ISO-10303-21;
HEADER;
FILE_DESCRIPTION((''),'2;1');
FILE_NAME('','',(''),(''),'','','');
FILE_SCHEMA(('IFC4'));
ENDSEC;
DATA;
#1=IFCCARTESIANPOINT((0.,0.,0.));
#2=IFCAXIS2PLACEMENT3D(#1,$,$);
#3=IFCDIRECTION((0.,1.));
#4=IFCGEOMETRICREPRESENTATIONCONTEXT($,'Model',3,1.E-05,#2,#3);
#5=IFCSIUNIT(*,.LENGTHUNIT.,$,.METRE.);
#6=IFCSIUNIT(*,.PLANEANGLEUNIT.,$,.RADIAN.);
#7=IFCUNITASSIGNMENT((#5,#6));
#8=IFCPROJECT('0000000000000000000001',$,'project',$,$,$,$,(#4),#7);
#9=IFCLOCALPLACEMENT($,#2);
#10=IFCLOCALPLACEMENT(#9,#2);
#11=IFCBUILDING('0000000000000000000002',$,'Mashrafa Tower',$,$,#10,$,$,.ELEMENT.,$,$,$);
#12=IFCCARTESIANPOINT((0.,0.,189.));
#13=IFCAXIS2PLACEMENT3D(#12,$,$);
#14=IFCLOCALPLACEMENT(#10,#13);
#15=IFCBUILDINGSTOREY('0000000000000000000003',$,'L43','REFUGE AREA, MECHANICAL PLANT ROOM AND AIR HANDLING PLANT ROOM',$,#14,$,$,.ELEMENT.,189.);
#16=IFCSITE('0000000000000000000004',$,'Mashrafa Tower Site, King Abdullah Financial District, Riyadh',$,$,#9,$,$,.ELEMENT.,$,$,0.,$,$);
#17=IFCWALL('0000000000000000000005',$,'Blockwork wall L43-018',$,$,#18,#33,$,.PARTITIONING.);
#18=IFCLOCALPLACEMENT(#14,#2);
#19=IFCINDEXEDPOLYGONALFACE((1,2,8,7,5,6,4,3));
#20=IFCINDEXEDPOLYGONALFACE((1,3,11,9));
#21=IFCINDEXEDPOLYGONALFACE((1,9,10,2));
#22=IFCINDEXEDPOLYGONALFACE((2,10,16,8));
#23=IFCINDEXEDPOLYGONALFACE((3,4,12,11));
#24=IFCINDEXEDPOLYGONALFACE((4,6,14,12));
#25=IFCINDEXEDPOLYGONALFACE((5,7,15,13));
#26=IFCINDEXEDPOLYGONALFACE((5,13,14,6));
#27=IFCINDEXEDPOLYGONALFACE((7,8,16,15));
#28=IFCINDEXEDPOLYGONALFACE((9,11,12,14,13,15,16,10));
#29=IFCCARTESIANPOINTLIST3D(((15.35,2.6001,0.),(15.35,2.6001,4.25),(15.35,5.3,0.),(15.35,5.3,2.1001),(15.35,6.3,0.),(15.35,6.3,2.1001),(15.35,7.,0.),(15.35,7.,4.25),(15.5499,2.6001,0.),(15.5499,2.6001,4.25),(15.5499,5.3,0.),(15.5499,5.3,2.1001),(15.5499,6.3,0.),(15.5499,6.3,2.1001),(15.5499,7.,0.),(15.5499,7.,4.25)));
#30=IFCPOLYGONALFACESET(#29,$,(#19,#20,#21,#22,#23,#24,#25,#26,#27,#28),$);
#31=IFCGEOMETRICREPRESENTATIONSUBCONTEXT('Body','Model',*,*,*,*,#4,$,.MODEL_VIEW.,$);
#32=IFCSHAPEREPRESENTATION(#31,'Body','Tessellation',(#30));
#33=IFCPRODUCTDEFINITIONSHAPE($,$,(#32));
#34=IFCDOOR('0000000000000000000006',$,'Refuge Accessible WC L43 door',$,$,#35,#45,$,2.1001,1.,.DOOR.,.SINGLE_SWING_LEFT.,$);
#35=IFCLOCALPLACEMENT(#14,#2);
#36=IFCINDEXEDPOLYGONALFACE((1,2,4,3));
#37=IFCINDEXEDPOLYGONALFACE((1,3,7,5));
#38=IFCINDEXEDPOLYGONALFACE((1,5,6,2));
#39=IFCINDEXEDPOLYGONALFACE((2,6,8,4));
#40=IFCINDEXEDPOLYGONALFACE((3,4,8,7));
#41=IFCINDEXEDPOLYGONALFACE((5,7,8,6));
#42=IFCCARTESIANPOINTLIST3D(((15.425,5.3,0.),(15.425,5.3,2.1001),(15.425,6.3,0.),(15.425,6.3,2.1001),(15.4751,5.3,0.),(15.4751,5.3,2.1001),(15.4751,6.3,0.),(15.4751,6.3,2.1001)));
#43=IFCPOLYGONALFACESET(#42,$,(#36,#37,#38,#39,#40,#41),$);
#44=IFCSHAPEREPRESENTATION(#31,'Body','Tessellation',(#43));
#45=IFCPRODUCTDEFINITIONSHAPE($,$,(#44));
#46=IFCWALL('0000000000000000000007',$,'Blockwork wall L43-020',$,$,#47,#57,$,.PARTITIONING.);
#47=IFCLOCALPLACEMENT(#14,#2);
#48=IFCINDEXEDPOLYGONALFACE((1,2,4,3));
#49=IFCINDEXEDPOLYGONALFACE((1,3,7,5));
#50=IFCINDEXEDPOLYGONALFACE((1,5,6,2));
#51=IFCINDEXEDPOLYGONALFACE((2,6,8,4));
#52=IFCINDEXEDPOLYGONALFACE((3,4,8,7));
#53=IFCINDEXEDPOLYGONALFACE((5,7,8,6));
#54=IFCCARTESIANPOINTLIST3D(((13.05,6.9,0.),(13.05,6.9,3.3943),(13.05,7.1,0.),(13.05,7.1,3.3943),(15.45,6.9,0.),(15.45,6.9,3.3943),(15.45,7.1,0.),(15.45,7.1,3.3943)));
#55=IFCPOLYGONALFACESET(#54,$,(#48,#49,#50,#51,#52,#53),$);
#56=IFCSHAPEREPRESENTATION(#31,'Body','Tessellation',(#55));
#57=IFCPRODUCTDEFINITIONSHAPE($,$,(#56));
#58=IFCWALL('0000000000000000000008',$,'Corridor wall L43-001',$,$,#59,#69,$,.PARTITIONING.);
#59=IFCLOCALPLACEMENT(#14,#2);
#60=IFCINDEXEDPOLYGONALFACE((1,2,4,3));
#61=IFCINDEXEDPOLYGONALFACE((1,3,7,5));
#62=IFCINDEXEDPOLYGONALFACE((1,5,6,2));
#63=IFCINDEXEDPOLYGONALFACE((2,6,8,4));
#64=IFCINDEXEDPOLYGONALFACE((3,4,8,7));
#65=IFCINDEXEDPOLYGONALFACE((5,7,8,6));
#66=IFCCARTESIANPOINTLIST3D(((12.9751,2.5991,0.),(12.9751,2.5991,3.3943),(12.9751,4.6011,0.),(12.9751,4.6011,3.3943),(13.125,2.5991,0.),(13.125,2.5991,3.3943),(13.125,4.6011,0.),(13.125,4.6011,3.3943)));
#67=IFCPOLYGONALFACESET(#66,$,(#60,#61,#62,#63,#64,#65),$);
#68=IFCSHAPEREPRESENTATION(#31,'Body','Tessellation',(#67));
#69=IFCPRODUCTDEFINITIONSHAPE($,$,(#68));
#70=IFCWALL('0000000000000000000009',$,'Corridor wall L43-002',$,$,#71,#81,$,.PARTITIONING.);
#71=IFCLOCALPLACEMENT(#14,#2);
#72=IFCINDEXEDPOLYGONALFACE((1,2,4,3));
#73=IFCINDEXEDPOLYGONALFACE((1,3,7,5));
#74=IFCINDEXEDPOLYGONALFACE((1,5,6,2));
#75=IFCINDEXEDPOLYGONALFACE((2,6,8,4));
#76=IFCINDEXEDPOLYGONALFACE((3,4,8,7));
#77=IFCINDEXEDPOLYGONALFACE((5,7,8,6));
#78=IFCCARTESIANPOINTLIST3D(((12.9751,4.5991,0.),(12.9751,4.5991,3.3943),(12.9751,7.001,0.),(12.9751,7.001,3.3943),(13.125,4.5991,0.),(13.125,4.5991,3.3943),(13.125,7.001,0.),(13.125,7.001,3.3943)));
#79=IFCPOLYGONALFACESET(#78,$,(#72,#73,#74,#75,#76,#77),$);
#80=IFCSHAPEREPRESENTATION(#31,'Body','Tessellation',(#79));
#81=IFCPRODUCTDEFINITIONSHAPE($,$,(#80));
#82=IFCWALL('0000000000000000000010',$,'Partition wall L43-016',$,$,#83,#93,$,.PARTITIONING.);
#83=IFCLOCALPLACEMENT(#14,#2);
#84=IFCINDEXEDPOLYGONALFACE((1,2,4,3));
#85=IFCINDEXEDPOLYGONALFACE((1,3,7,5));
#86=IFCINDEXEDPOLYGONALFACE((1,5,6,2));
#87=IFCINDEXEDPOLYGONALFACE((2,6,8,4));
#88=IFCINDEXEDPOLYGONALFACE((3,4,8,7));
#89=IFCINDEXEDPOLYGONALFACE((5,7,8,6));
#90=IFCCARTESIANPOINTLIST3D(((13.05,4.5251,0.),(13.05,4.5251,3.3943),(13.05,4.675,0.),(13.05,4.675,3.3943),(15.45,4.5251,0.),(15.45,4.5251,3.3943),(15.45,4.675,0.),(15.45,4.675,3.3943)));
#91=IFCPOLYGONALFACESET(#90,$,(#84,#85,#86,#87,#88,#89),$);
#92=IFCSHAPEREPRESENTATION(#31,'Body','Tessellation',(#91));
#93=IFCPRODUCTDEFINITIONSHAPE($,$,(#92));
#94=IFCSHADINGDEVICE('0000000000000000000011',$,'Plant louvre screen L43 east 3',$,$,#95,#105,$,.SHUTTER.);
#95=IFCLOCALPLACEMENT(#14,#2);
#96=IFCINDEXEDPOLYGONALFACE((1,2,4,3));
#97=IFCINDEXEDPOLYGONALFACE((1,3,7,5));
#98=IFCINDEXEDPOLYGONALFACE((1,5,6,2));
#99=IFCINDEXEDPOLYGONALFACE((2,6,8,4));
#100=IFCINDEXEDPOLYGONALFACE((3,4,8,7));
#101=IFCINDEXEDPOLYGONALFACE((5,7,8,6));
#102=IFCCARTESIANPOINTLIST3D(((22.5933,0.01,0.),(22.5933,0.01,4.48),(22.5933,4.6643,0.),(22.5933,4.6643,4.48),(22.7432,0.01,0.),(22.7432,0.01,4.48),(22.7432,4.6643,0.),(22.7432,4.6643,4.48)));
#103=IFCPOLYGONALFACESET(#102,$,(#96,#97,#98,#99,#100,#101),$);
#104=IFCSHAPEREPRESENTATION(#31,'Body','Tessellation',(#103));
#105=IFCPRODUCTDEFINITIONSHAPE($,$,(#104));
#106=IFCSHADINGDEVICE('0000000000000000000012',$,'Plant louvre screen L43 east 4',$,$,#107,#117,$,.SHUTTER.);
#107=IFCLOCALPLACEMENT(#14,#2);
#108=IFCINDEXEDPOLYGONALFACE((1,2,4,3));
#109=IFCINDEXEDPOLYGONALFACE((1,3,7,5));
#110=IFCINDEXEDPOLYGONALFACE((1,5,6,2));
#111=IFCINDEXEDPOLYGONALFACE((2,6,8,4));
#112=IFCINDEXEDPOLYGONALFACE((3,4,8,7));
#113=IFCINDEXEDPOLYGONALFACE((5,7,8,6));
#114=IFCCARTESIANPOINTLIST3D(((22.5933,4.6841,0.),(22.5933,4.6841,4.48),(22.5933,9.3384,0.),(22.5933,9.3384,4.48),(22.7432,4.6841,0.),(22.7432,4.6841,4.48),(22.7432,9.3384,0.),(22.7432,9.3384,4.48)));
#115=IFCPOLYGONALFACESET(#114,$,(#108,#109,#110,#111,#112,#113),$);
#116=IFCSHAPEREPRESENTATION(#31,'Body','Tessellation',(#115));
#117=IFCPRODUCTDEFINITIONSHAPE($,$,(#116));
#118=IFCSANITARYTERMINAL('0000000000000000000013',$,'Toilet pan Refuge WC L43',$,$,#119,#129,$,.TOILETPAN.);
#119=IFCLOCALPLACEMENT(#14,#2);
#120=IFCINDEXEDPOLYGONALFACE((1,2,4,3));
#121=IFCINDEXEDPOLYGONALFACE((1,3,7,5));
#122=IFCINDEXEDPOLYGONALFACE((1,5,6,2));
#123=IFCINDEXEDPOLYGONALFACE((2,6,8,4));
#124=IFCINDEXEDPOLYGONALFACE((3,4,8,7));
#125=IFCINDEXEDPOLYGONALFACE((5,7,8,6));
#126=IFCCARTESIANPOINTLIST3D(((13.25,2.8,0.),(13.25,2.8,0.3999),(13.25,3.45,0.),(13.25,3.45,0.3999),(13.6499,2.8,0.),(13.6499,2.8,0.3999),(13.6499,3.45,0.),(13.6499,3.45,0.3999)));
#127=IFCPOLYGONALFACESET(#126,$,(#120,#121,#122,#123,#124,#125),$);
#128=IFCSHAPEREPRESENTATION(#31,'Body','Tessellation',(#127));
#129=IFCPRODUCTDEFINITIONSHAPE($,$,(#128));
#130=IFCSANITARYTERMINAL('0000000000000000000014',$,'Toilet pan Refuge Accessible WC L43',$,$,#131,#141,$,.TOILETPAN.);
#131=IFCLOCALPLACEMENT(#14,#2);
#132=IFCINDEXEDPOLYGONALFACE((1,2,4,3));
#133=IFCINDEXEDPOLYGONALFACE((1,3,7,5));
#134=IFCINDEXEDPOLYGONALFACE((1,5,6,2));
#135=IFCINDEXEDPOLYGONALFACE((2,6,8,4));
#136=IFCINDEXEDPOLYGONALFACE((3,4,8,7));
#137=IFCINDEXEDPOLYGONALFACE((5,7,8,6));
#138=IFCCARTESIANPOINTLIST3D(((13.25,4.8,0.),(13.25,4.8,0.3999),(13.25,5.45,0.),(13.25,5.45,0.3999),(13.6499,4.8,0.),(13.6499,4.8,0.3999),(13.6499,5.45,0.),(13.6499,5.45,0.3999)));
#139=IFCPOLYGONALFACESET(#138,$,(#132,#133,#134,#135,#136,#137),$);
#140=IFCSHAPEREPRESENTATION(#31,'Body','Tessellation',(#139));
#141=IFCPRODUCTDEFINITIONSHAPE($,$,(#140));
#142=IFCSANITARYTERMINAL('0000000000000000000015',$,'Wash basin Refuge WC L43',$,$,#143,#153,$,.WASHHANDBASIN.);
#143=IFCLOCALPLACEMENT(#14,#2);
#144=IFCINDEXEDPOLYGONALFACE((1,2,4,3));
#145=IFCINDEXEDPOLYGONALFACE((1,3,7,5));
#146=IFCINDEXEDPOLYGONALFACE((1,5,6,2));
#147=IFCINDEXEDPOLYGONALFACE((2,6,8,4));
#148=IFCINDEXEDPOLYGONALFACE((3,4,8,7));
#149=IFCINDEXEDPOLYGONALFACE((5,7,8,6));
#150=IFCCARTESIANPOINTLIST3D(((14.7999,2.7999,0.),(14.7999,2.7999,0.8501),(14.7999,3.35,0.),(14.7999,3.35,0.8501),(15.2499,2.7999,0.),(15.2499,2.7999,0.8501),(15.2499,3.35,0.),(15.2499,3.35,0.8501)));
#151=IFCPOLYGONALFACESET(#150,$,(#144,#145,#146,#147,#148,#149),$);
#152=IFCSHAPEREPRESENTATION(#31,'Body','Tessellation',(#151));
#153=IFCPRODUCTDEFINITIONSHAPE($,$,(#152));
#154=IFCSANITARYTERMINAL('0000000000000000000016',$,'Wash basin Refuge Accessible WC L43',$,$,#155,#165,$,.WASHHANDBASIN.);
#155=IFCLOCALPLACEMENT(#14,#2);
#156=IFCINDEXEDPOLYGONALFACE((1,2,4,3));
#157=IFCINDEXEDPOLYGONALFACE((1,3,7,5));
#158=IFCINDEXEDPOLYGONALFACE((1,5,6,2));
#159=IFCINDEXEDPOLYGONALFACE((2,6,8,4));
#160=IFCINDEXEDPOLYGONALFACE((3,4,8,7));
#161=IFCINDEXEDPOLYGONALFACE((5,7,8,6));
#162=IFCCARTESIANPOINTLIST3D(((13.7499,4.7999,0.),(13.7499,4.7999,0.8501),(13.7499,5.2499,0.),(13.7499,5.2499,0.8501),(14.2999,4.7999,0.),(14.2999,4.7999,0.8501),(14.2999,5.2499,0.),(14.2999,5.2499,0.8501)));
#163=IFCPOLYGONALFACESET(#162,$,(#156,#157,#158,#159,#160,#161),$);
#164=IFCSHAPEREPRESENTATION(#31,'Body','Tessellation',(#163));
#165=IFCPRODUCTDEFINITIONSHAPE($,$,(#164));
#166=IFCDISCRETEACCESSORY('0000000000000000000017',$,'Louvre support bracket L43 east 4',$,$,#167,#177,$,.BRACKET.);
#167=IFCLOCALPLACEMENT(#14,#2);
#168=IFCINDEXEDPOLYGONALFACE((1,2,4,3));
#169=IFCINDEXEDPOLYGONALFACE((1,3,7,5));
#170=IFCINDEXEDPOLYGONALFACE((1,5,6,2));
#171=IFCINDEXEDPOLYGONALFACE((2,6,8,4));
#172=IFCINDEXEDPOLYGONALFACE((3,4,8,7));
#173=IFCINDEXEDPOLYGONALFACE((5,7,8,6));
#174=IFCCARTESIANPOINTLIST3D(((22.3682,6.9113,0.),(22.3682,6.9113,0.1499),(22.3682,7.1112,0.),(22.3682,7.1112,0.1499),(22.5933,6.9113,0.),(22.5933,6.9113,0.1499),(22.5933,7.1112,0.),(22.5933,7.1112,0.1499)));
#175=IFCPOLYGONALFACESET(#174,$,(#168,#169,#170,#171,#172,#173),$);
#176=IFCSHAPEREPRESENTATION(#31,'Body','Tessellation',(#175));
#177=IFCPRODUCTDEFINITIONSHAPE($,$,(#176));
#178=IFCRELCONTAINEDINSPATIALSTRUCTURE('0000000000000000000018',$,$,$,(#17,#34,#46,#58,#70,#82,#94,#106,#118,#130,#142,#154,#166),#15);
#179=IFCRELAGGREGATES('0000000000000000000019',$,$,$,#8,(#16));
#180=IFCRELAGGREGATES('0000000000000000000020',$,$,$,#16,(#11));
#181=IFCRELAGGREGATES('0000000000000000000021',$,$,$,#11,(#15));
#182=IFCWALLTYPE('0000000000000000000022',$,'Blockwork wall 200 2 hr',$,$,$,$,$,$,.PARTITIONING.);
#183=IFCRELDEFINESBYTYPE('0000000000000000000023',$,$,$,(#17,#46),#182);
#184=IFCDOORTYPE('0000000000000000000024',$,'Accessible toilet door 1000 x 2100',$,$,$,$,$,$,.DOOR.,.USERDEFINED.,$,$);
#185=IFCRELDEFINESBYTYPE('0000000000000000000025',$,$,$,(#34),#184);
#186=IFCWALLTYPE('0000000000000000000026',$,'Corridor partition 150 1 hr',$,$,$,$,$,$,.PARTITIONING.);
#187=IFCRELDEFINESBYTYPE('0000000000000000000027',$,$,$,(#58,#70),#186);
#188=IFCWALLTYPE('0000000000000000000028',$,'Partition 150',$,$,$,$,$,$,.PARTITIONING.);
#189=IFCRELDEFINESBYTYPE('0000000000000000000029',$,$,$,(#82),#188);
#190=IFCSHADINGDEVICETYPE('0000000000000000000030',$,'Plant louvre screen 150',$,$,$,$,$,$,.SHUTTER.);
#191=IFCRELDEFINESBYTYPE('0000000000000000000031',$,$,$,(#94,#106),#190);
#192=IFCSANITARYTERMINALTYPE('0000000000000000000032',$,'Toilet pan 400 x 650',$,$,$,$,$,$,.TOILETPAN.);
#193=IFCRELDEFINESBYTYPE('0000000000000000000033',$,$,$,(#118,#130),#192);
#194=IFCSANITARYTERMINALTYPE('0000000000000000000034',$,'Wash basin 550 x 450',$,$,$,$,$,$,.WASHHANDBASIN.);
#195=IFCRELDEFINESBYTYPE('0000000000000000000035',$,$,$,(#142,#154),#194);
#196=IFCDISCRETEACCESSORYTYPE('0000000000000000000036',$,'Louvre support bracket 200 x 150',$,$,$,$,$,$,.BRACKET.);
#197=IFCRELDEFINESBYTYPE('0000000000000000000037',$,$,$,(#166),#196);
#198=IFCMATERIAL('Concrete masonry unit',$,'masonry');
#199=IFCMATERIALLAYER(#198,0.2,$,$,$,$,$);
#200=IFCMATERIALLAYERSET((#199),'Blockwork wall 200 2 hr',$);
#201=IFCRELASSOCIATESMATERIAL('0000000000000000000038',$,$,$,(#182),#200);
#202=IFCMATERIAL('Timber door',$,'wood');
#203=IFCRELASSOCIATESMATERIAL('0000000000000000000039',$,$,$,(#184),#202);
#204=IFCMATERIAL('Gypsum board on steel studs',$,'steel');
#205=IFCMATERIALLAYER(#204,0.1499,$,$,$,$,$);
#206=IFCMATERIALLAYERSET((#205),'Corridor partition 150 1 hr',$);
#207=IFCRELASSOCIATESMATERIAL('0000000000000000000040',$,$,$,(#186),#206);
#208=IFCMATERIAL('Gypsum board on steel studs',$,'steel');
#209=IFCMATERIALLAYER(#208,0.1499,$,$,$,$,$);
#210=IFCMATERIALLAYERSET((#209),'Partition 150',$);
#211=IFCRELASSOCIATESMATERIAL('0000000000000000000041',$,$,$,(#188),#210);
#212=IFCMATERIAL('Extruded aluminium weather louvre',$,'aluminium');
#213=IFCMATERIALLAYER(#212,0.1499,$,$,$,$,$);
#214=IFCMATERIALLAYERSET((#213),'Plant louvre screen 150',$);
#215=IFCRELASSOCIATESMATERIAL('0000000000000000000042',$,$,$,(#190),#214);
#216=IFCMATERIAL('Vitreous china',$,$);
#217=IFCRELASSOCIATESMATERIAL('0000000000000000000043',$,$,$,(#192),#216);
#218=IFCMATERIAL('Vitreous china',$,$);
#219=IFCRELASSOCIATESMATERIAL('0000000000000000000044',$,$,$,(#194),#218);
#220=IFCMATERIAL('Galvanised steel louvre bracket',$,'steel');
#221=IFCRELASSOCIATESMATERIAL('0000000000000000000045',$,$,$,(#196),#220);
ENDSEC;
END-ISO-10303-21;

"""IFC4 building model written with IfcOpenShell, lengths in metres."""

from ifc_helpers import new_model, si_unit, direction, frame, frame_2d, origin, origin_2d, place, context, subcontext, project, spatial, rectangle, extrude, source, transform, mapped, material, layer, layer_set, type_object, type_shapes, element, fill, save


model = new_model("IFC4")

# Units and contexts
model_context = context("Model", 3, precision=1e-05, world=origin(), true_north=direction((0.0, 1.0)))
body_context = subcontext(model_context, "Body", "Model", "MODEL_VIEW")
ifc_project = project(units=[si_unit("LENGTHUNIT", "METRE"), si_unit("PLANEANGLEUNIT", "RADIAN")], contexts=[model_context])

# Site, building, storey
site_placement = place(None, origin())
site = spatial("IfcSite", under=ifc_project, at=site_placement, Name="Mashrafa Tower Site, King Abdullah Financial District, Riyadh", CompositionType="ELEMENT", RefElevation=0.0)
building_placement = place(site_placement, origin())
building = spatial("IfcBuilding", under=site, at=building_placement, Name="Mashrafa Tower", CompositionType="ELEMENT")
storey_placement = place(building_placement, frame((0.0, 0.0, 189.0)))
storey = spatial("IfcBuildingStorey", under=building, at=storey_placement, Name="L43", Description="REFUGE AREA, MECHANICAL PLANT ROOM AND AIR HANDLING PLANT ROOM", CompositionType="ELEMENT", Elevation=189.0)

# Shared definitions
ifc_material_1 = material(Name="Concrete masonry unit", Category="masonry")
ifc_layer_1 = layer(ifc_material_1, 0.2)
ifc_layer_set_1 = layer_set([ifc_layer_1], Name="Blockwork wall 200 2 hr")
wall_type_1 = type_object("IfcWallType", Name="Blockwork wall 200 2 hr", PredefinedType="PARTITIONING", material=ifc_layer_set_1)

# Wall, opening, door
wall_1_placement = place(storey_placement, frame((15.45, 2.6001, 0.0), z_axis=(0.0, 0.0, 1.0), x_axis=(0.0, 1.0, 0.0)))
wall_1 = element("IfcWall", 1, at=wall_1_placement, inside=storey, type_object=wall_type_1, Name="Blockwork wall L43-018", PredefinedType="PARTITIONING", context=body_context, shape_type="SweptSolid", body=[
    extrude(rectangle(XDim=4.3999, YDim=0.2, at=frame_2d((2.2, 0.0))), origin(), (0.0, 0.0, 1.0), 4.25),
])
opening_1_placement = place(wall_1_placement, frame((2.7, 0.0, 0.0)))
opening_1 = element("IfcOpeningElement", 2, at=opening_1_placement, cuts=wall_1, PredefinedType="OPENING", context=body_context, shape_type="SweptSolid", body=[
    extrude(rectangle(XDim=1.0, YDim=2.1001, at=frame_2d((0.5, 1.05))), frame((0.0, 0.1099, 0.0), z_axis=(0.0, -1.0, 0.0), x_axis=(1.0, 0.0, 0.0)), (0.0, 0.0, 1.0), 0.22),
])
ifc_material_2 = material(Name="Timber door", Category="wood")
door_type_1 = type_object("IfcDoorType", Name="Accessible toilet door 1000 x 2100", OperationType="USERDEFINED", PredefinedType="DOOR", material=ifc_material_2)
door_1_placement = place(opening_1_placement, origin())
door_1 = element("IfcDoor", 3, at=door_1_placement, inside=storey, type_object=door_type_1, Name="Refuge Accessible WC L43 door", OperationType="SINGLE_SWING_LEFT", OverallHeight=2.1001, OverallWidth=1.0, PredefinedType="DOOR", context=body_context, shape_type="SweptSolid", body=[
    extrude(rectangle(XDim=1.0, YDim=2.1001, at=frame_2d((0.5, 1.05))), frame((0.0, 0.0249, 0.0), z_axis=(0.0, -1.0, 0.0), x_axis=(1.0, 0.0, 0.0)), (0.0, 0.0, 1.0), 0.05),
])
fill(opening_1, door_1)

# Walls
wall_2_placement = place(storey_placement, frame((15.45, 7.0, 0.0), z_axis=(0.0, 0.0, 1.0), x_axis=(-1.0, 0.0, 0.0)))
element("IfcWall", 4, at=wall_2_placement, inside=storey, type_object=wall_type_1, Name="Blockwork wall L43-020", PredefinedType="PARTITIONING", context=body_context, shape_type="SweptSolid", body=[
    extrude(rectangle(XDim=2.3999, YDim=0.2, at=frame_2d((1.2, 0.0))), origin(), (0.0, 0.0, 1.0), 3.3943),
])
ifc_material_3 = material(Name="Gypsum board on steel studs", Category="steel")
ifc_layer_2 = layer(ifc_material_3, 0.1499)
ifc_layer_set_2 = layer_set([ifc_layer_2], Name="Corridor partition 150 1 hr")
wall_type_2 = type_object("IfcWallType", Name="Corridor partition 150 1 hr", PredefinedType="PARTITIONING", material=ifc_layer_set_2)
wall_3_placement = place(storey_placement, frame((13.05, 2.5991, 0.0), z_axis=(0.0, 0.0, 1.0), x_axis=(0.0, 1.0, 0.0)))
element("IfcWall", 5, at=wall_3_placement, inside=storey, type_object=wall_type_2, Name="Corridor wall L43-001", PredefinedType="PARTITIONING", context=body_context, shape_type="SweptSolid", body=[
    extrude(rectangle(XDim=2.002, YDim=0.1499, at=frame_2d((1.001, 0.0))), origin(), (0.0, 0.0, 1.0), 3.3943),
])
wall_4_placement = place(storey_placement, frame((13.05, 4.5991, 0.0), z_axis=(0.0, 0.0, 1.0), x_axis=(0.0, 1.0, 0.0)))
element("IfcWall", 6, at=wall_4_placement, inside=storey, type_object=wall_type_2, Name="Corridor wall L43-002", PredefinedType="PARTITIONING", context=body_context, shape_type="SweptSolid", body=[
    extrude(rectangle(XDim=2.4019, YDim=0.1499, at=frame_2d((1.2009, 0.0))), origin(), (0.0, 0.0, 1.0), 3.3943),
])
ifc_material_4 = material(Name="Gypsum board on steel studs", Category="steel")
ifc_layer_3 = layer(ifc_material_4, 0.1499)
ifc_layer_set_3 = layer_set([ifc_layer_3], Name="Partition 150")
wall_type_3 = type_object("IfcWallType", Name="Partition 150", PredefinedType="PARTITIONING", material=ifc_layer_set_3)
wall_5_placement = place(storey_placement, frame((15.45, 4.6001, 0.0), z_axis=(0.0, 0.0, 1.0), x_axis=(-1.0, 0.0, 0.0)))
element("IfcWall", 7, at=wall_5_placement, inside=storey, type_object=wall_type_3, Name="Partition wall L43-016", PredefinedType="PARTITIONING", context=body_context, shape_type="SweptSolid", body=[
    extrude(rectangle(XDim=2.3999, YDim=0.1499, at=frame_2d((1.2, 0.0))), origin(), (0.0, 0.0, 1.0), 3.3943),
])

# Shading devices
ifc_material_5 = material(Name="Extruded aluminium weather louvre", Category="aluminium")
ifc_layer_4 = layer(ifc_material_5, 0.1499)
ifc_layer_set_4 = layer_set([ifc_layer_4], Name="Plant louvre screen 150")
shading_device_type = type_object("IfcShadingDeviceType", Name="Plant louvre screen 150", PredefinedType="SHUTTER", material=ifc_layer_set_4)
shared_shape_1 = source(origin(), body_context, "Body", "SweptSolid", [
    extrude(rectangle(XDim=4.6543, YDim=0.1499, at=origin_2d()), origin(), (0.0, 0.0, 1.0), 4.48),
])
type_shapes(shading_device_type, [shared_shape_1])
for number, where, z_axis, x_axis, name in (
    (8, (22.6682, 2.3372, 0.0), (0.0, 0.0, 1.0), (0.0, 1.0, 0.0), "Plant louvre screen L43 east 3"),
    (9, (22.6682, 7.0112, 0.0), (0.0, 0.0, 1.0), (0.0, 1.0, 0.0), "Plant louvre screen L43 east 4"),
):
    element("IfcShadingDevice", number, at=place(storey_placement, frame(where, z_axis=z_axis, x_axis=x_axis)), inside=storey, type_object=shading_device_type, Name=name, PredefinedType="SHUTTER", context=body_context, shape_type="MappedRepresentation", body=[
        mapped(shared_shape_1, transform((0.0, 0.0, 0.0))),
    ])

# Sanitary terminals
ifc_material_6 = material(Name="Vitreous china")
sanitary_terminal_type_1 = type_object("IfcSanitaryTerminalType", Name="Toilet pan 400 x 650", PredefinedType="TOILETPAN", material=ifc_material_6)
for number, where, z_axis, x_axis, name in (
    (10, (13.45, 3.125, 0.0), (0.0, 0.0, 1.0), (1.0, 0.0, 0.0), "Toilet pan Refuge WC L43"),
    (11, (13.45, 5.125, 0.0), (0.0, 0.0, 1.0), (1.0, 0.0, 0.0), "Toilet pan Refuge Accessible WC L43"),
):
    element("IfcSanitaryTerminal", number, at=place(storey_placement, frame(where, z_axis=z_axis, x_axis=x_axis)), inside=storey, type_object=sanitary_terminal_type_1, Name=name, PredefinedType="TOILETPAN", context=body_context, shape_type="SweptSolid", body=[
        extrude(rectangle(XDim=0.3999, YDim=0.6499, at=origin_2d()), origin(), (0.0, 0.0, 1.0), 0.3999),
    ])
ifc_material_7 = material(Name="Vitreous china")
sanitary_terminal_type_2 = type_object("IfcSanitaryTerminalType", Name="Wash basin 550 x 450", PredefinedType="WASHHANDBASIN", material=ifc_material_7)
for number, where, z_axis, x_axis, name in (
    (12, (15.0249, 3.075, 0.0), (0.0, 0.0, 1.0), (0.0, 1.0, 0.0), "Wash basin Refuge WC L43"),
    (13, (14.0249, 5.0249, 0.0), (0.0, 0.0, 1.0), (1.0, 0.0, 0.0), "Wash basin Refuge Accessible WC L43"),
):
    element("IfcSanitaryTerminal", number, at=place(storey_placement, frame(where, z_axis=z_axis, x_axis=x_axis)), inside=storey, type_object=sanitary_terminal_type_2, Name=name, PredefinedType="WASHHANDBASIN", context=body_context, shape_type="SweptSolid", body=[
        extrude(rectangle(XDim=0.55, YDim=0.45, at=origin_2d()), origin(), (0.0, 0.0, 1.0), 0.8501),
    ])

# Discrete accessory
ifc_material_8 = material(Name="Galvanised steel louvre bracket", Category="steel")
discrete_accessory_type = type_object("IfcDiscreteAccessoryType", Name="Louvre support bracket 200 x 150", PredefinedType="BRACKET", material=ifc_material_8)
shared_shape_2 = source(origin(), body_context, "Body", "SweptSolid", [
    extrude(rectangle(XDim=0.2, YDim=0.2251, at=origin_2d()), origin(), (0.0, 0.0, 1.0), 0.1499),
])
type_shapes(discrete_accessory_type, [shared_shape_2])
discrete_accessory_placement = place(storey_placement, frame((22.4807, 7.0112, 0.0), z_axis=(0.0, 0.0, 1.0), x_axis=(0.0, 1.0, 0.0)))
element("IfcDiscreteAccessory", 14, at=discrete_accessory_placement, inside=storey, type_object=discrete_accessory_type, Name="Louvre support bracket L43 east 4", PredefinedType="BRACKET", context=body_context, shape_type="MappedRepresentation", body=[
    mapped(shared_shape_2, transform((0.0, 0.0, 0.0))),
])

save(model, "model.ifc")
